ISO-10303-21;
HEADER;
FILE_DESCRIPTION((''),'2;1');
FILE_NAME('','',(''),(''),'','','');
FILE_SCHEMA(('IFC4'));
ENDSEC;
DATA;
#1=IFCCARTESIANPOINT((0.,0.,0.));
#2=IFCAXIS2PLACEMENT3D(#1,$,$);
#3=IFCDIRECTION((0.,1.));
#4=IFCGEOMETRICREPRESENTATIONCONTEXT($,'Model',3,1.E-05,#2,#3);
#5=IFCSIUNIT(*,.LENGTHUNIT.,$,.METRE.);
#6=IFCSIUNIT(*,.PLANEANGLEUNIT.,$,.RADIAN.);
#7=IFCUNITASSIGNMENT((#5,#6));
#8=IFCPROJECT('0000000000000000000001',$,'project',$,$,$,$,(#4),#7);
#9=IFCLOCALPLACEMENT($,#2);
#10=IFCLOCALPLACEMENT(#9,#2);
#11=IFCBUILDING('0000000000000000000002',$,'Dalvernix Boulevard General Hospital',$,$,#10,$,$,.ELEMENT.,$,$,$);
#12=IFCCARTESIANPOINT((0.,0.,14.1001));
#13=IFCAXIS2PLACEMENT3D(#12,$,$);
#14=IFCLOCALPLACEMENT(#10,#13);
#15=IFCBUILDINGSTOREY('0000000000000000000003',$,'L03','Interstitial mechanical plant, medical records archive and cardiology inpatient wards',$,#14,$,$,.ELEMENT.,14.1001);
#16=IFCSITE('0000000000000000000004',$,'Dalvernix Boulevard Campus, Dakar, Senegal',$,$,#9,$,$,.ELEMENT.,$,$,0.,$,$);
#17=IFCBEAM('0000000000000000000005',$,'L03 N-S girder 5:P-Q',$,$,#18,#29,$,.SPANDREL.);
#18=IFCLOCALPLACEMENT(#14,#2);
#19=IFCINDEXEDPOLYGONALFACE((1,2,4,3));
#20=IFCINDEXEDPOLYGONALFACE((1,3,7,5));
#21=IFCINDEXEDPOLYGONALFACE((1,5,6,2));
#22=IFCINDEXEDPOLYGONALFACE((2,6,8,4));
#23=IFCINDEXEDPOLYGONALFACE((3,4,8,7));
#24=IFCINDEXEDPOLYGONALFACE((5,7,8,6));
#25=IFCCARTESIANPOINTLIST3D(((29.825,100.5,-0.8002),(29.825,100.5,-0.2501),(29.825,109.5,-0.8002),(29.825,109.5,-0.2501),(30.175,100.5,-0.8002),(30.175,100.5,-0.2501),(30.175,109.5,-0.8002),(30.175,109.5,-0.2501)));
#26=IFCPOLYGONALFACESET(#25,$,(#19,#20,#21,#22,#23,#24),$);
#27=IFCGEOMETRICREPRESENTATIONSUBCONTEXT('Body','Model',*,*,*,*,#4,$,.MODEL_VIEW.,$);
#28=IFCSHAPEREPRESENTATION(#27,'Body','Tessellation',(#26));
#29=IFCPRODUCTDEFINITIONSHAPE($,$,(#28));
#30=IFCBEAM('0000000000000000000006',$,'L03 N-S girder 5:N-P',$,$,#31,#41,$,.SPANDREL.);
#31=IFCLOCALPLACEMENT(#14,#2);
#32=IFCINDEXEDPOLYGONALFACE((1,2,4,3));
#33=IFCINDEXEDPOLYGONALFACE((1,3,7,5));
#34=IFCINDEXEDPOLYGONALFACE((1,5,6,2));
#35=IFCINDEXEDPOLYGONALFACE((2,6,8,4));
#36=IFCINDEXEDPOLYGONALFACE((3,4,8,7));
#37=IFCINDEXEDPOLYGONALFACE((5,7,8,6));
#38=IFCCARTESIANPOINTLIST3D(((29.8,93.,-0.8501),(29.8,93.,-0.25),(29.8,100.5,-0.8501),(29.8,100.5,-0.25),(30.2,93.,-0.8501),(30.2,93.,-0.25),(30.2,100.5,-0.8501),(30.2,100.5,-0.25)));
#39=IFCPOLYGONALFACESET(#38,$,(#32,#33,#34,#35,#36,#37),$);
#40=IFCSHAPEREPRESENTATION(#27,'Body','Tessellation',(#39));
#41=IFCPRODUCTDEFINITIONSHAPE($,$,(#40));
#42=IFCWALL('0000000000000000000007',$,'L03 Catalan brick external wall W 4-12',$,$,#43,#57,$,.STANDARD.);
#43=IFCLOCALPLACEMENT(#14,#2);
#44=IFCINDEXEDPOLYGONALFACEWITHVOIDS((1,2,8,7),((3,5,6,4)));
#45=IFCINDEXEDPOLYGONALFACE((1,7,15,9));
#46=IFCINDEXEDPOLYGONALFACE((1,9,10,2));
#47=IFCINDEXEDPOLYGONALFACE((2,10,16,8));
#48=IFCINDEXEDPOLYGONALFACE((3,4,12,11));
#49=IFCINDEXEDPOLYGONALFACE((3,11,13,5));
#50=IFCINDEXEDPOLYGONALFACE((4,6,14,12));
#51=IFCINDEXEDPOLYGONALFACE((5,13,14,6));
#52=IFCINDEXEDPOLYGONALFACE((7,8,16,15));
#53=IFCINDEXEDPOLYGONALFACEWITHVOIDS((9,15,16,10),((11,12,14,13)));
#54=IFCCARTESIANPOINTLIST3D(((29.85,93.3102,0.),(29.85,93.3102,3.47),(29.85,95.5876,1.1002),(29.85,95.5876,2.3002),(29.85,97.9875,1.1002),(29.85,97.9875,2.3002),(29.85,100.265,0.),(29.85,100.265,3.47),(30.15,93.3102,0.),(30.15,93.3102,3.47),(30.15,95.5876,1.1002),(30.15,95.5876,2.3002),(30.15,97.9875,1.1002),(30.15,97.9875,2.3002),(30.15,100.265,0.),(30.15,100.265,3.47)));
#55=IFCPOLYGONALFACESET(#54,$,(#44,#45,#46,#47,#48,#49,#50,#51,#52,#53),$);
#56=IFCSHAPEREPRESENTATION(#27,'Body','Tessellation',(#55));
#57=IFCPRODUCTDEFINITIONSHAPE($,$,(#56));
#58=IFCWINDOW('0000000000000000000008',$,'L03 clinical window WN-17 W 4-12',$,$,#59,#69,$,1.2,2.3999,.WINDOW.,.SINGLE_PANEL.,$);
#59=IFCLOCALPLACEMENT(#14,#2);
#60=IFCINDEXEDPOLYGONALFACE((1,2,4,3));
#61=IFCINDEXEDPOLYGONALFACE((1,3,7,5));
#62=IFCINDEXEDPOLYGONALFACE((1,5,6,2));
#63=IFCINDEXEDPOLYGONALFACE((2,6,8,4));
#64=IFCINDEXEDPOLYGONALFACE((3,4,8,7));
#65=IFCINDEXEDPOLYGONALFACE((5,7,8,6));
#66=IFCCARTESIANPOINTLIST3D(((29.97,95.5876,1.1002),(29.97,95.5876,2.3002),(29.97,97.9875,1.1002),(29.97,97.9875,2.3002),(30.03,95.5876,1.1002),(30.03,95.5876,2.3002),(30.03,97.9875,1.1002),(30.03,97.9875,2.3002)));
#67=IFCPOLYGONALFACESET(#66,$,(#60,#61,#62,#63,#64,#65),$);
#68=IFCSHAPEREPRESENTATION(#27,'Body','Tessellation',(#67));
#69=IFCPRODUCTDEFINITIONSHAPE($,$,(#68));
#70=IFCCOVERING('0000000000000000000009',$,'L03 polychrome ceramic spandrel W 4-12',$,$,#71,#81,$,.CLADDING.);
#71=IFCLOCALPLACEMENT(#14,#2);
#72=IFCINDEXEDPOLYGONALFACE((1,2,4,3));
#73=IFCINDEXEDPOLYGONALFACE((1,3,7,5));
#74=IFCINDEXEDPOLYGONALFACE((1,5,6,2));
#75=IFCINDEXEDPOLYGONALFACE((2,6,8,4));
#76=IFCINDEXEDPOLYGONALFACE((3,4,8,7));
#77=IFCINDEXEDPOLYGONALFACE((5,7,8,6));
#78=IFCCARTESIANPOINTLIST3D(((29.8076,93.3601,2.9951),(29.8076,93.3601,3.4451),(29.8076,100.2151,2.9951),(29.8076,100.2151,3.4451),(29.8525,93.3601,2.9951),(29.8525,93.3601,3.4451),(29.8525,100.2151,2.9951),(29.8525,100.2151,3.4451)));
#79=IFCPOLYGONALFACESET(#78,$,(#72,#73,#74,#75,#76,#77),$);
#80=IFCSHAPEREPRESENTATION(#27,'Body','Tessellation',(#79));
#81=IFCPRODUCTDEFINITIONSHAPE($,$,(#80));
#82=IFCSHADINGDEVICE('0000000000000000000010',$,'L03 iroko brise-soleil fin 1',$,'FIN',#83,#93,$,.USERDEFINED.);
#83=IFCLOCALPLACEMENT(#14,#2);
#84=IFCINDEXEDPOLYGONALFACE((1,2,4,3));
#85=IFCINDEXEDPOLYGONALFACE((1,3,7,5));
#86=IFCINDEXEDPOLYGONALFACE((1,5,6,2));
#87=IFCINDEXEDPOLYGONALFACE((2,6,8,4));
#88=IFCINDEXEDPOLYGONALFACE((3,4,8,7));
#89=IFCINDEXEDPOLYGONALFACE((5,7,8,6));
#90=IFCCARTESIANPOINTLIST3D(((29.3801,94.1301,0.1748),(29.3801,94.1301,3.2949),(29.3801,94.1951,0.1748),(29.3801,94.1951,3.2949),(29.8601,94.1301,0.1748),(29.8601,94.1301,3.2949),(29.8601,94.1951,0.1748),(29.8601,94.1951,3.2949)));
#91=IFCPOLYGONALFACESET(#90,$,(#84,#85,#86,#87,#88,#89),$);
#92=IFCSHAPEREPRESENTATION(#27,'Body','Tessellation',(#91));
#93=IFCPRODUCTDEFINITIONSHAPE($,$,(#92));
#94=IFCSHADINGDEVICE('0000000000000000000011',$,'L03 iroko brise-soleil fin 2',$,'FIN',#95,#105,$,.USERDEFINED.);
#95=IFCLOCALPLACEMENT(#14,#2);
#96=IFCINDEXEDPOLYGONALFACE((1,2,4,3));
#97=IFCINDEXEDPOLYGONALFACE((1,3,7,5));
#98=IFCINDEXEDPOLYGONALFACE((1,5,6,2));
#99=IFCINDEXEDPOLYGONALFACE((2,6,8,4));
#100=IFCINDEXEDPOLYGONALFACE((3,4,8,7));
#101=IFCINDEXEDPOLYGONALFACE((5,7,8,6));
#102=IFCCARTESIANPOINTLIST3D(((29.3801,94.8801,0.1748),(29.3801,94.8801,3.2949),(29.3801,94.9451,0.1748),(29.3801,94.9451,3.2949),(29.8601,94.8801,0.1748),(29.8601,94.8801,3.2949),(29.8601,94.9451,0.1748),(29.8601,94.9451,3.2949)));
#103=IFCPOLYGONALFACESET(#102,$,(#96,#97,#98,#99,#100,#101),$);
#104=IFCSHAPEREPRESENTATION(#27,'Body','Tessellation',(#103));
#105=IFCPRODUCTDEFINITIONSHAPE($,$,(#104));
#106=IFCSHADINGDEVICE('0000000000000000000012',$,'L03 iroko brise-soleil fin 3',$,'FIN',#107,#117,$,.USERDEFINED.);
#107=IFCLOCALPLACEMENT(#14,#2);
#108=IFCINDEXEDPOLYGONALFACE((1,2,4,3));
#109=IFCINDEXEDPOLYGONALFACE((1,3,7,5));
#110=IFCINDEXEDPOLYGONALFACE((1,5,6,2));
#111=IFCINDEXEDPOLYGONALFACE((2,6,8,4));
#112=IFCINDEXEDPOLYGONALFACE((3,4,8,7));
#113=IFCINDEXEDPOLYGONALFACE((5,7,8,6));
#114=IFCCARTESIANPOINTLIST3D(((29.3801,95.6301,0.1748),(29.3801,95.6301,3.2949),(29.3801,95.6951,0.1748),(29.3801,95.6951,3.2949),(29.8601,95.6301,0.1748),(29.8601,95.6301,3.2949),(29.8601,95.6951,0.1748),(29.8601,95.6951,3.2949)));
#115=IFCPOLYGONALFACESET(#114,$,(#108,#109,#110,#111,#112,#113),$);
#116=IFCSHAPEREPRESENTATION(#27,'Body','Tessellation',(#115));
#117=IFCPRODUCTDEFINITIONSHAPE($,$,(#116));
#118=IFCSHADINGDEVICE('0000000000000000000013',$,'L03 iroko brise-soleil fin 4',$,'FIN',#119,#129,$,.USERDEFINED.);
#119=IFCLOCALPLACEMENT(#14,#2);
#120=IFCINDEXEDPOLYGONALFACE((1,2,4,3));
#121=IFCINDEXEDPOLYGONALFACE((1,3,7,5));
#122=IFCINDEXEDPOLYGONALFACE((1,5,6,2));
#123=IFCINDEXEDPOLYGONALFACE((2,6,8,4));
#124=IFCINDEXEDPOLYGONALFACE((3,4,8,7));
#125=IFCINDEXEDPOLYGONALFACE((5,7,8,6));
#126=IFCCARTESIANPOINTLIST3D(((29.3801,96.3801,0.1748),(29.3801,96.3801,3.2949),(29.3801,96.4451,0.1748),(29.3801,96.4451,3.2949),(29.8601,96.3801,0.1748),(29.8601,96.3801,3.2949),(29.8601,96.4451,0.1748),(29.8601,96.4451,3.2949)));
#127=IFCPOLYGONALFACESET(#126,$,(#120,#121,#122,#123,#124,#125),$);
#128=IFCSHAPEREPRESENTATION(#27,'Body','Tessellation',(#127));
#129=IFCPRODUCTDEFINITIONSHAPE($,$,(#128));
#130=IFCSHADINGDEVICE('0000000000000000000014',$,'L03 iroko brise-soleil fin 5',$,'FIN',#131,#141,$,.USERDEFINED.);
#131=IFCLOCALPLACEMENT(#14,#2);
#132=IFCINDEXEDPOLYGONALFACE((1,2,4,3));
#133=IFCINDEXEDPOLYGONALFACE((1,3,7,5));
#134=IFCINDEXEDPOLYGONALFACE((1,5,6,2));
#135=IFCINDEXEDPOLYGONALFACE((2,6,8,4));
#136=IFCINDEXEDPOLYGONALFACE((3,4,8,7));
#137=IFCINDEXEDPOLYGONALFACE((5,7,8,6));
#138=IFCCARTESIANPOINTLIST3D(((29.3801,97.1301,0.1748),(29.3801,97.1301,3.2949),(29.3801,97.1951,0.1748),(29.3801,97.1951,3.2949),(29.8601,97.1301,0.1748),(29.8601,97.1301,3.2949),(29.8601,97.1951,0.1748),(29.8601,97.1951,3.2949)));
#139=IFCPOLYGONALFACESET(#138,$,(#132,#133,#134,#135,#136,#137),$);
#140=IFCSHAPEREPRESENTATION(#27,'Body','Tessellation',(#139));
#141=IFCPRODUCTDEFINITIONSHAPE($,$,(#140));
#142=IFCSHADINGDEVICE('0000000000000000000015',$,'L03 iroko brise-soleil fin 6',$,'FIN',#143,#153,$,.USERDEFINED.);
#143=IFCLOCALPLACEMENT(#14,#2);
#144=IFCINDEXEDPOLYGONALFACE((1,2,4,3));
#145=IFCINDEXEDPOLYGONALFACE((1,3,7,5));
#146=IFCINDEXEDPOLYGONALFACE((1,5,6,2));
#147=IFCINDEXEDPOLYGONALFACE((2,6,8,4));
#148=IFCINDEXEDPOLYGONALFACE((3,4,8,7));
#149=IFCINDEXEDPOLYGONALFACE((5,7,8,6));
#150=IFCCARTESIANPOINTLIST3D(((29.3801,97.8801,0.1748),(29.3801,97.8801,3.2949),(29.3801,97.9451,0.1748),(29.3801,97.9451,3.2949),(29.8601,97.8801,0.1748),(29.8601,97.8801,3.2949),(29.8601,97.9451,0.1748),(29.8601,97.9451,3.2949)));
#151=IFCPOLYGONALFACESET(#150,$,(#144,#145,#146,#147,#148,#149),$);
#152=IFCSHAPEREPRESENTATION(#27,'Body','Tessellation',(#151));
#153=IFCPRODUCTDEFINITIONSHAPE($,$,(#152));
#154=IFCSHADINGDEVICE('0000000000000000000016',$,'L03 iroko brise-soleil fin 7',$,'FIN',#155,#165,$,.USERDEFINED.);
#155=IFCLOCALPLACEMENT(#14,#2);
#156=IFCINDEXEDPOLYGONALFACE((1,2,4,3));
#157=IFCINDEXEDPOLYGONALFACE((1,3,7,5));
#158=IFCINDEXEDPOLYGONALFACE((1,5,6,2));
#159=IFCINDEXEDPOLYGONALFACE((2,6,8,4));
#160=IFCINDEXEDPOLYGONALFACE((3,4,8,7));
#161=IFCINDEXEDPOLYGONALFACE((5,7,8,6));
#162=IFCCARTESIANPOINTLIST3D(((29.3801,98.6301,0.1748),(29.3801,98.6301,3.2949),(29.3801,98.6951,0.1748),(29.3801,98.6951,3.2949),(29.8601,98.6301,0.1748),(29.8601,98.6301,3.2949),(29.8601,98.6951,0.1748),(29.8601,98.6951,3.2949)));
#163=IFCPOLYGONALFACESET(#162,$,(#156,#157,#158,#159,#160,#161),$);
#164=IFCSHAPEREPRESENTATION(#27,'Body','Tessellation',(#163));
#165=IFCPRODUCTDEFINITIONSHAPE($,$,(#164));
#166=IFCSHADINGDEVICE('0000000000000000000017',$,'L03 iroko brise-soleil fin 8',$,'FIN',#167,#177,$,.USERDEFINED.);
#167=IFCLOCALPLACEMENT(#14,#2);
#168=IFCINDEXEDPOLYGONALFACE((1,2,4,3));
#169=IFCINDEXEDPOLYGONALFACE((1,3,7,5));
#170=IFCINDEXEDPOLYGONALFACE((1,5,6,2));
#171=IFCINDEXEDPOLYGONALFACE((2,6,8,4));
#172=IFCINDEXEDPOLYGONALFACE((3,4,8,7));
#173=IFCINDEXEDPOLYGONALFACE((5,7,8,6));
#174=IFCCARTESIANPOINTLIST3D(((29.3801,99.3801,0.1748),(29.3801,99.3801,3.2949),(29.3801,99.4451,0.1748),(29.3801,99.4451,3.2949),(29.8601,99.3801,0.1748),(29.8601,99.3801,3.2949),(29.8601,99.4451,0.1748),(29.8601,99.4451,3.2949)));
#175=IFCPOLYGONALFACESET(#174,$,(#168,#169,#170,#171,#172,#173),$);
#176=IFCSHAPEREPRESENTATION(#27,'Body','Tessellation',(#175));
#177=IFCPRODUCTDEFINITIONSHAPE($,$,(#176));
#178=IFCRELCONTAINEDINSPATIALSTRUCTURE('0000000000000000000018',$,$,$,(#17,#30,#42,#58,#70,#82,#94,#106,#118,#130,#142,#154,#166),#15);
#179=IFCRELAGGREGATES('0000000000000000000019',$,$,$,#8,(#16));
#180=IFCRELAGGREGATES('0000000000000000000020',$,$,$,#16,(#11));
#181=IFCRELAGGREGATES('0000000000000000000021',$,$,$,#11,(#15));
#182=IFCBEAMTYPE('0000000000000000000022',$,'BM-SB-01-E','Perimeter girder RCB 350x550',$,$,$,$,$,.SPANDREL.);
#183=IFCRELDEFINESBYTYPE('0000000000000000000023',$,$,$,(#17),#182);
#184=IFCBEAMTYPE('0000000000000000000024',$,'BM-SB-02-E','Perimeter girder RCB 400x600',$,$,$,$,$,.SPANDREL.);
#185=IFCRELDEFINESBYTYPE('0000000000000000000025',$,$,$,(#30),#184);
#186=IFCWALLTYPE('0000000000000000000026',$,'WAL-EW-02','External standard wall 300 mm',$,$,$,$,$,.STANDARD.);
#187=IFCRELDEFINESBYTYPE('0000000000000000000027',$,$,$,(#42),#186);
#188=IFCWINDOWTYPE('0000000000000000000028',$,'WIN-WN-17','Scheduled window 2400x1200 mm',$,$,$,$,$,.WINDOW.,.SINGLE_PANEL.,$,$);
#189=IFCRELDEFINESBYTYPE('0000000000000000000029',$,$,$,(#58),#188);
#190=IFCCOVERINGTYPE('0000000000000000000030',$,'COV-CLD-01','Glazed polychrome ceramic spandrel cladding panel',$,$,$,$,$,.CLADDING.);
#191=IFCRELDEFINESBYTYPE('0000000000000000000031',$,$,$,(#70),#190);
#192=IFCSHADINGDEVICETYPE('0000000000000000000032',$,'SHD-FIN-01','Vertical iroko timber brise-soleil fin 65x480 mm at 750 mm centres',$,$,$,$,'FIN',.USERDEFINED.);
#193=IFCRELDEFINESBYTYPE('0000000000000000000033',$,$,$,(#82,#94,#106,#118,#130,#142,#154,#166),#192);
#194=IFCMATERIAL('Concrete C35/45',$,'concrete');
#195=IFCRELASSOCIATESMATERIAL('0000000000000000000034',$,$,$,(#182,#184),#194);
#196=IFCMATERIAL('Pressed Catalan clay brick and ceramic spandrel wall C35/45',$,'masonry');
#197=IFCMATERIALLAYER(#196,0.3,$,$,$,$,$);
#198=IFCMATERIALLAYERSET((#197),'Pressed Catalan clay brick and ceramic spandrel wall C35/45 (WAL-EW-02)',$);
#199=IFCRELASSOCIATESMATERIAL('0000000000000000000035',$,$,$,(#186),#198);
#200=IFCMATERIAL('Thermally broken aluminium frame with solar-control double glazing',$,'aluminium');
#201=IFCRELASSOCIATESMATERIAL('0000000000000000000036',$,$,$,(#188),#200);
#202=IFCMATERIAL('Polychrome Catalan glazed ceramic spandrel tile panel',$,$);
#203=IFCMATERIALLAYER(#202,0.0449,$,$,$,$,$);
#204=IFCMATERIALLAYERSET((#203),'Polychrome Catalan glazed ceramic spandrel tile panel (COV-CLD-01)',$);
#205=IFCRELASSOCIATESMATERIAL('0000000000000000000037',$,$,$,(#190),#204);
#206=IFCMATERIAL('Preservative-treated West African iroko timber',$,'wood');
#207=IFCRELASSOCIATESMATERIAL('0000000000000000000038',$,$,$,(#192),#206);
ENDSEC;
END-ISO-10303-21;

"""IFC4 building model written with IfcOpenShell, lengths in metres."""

from ifc_helpers import new_model, si_unit, direction, frame, frame_2d, origin, origin_2d, place, context, subcontext, project, spatial, rectangle, extrude, material, layer, layer_set, material_profile, profile_set, type_object, element, fill, save


model = new_model("IFC4")

# Units and contexts
model_context = context("Model", 3, precision=1e-05, world=origin(), true_north=direction((0.0, 1.0)))
body_context = subcontext(model_context, "Body", "Model", "MODEL_VIEW")
ifc_project = project(units=[si_unit("LENGTHUNIT", "METRE"), si_unit("PLANEANGLEUNIT", "RADIAN")], contexts=[model_context])

# Site, building, storey
site_placement = place(None, origin())
site = spatial("IfcSite", under=ifc_project, at=site_placement, Name="Dalvernix Boulevard Campus, Dakar, Senegal", CompositionType="ELEMENT", RefElevation=0.0)
building_placement = place(site_placement, origin())
building = spatial("IfcBuilding", under=site, at=building_placement, Name="Dalvernix Boulevard General Hospital", CompositionType="ELEMENT")
storey_placement = place(building_placement, frame((0.0, 0.0, 14.1001)))
storey = spatial("IfcBuildingStorey", under=building, at=storey_placement, Name="L03", Description="Interstitial mechanical plant, medical records archive and cardiology inpatient wards", CompositionType="ELEMENT", Elevation=14.1001)

# Beams
ifc_material_1 = material(Name="Concrete C35/45", Category="concrete")
ifc_material_profile_1 = material_profile(ifc_material_1, rectangle(XDim=0.3501, YDim=0.55, at=origin_2d()), Name="RCB 350x550")
ifc_profile_set_1 = profile_set([ifc_material_profile_1], Name="Concrete C35/45")
beam_type_1 = type_object("IfcBeamType", Name="BM-SB-01-E", Description="Perimeter girder RCB 350x550", PredefinedType="SPANDREL", material=ifc_profile_set_1)
beam_1_placement = place(storey_placement, frame((30.0, 100.5, -0.5251), z_axis=(0.0, 1.0, 0.0), x_axis=(-1.0, 0.0, 0.0)))
element("IfcBeam", 1, at=beam_1_placement, inside=storey, type_object=beam_type_1, Name="L03 N-S girder 5:P-Q", PredefinedType="SPANDREL", context=body_context, shape_type="SweptSolid", body=[
    extrude(rectangle(XDim=0.3501, YDim=0.55, at=origin_2d()), origin(), (0.0, 0.0, 1.0), 9.0),
])
ifc_material_profile_2 = material_profile(ifc_material_1, rectangle(XDim=0.3999, YDim=0.6001, at=origin_2d()), Name="RCB 400x600")
ifc_profile_set_2 = profile_set([ifc_material_profile_2], Name="Concrete C35/45")
beam_type_2 = type_object("IfcBeamType", Name="BM-SB-02-E", Description="Perimeter girder RCB 400x600", PredefinedType="SPANDREL", material=ifc_profile_set_2)
beam_2_placement = place(storey_placement, frame((30.0, 93.0, -0.55), z_axis=(0.0, 1.0, 0.0), x_axis=(-1.0, 0.0, 0.0)))
element("IfcBeam", 2, at=beam_2_placement, inside=storey, type_object=beam_type_2, Name="L03 N-S girder 5:N-P", PredefinedType="SPANDREL", context=body_context, shape_type="SweptSolid", body=[
    extrude(rectangle(XDim=0.3999, YDim=0.6001, at=origin_2d()), origin(), (0.0, 0.0, 1.0), 7.5),
])

# Wall, opening, window
ifc_material_2 = material(Name="Pressed Catalan clay brick and ceramic spandrel wall C35/45", Category="masonry")
ifc_layer_1 = layer(ifc_material_2, 0.3)
ifc_layer_set_1 = layer_set([ifc_layer_1], Name="Pressed Catalan clay brick and ceramic spandrel wall C35/45 (WAL-EW-02)")
wall_type = type_object("IfcWallType", Name="WAL-EW-02", Description="External standard wall 300 mm", PredefinedType="STANDARD", material=ifc_layer_set_1)
wall_placement = place(storey_placement, frame((30.0, 93.3101, 0.0), z_axis=(0.0, 0.0, 1.0), x_axis=(0.0, 1.0, 0.0)))
wall = element("IfcWall", 3, at=wall_placement, inside=storey, type_object=wall_type, Name="L03 Catalan brick external wall W 4-12", PredefinedType="STANDARD", context=body_context, shape_type="SweptSolid", body=[
    extrude(rectangle(XDim=6.9548, YDim=0.3, at=frame_2d((3.4775, 0.0))), origin(), (0.0, 0.0, 1.0), 3.47),
])
opening_placement = place(wall_placement, frame((2.2776, 0.0, 1.1001)))
opening = element("IfcOpeningElement", 4, at=opening_placement, cuts=wall, PredefinedType="OPENING", context=body_context, shape_type="SweptSolid", body=[
    extrude(rectangle(XDim=2.3999, YDim=1.2, at=frame_2d((1.2, 0.6001))), frame((0.0, 0.1599, 0.0), z_axis=(0.0, -1.0, 0.0), x_axis=(1.0, 0.0, 0.0)), (0.0, 0.0, 1.0), 0.3201),
])
ifc_material_3 = material(Name="Thermally broken aluminium frame with solar-control double glazing", Category="aluminium")
window_type = type_object("IfcWindowType", Name="WIN-WN-17", Description="Scheduled window 2400x1200 mm", PartitioningType="SINGLE_PANEL", PredefinedType="WINDOW", material=ifc_material_3)
window_placement = place(opening_placement, origin())
window = element("IfcWindow", 5, at=window_placement, inside=storey, type_object=window_type, Name="L03 clinical window WN-17 W 4-12", OverallHeight=1.2, OverallWidth=2.3999, PartitioningType="SINGLE_PANEL", PredefinedType="WINDOW", context=body_context, shape_type="SweptSolid", body=[
    extrude(rectangle(XDim=2.3999, YDim=1.2, at=frame_2d((1.2, 0.6001))), frame((0.0, 0.03, 0.0), z_axis=(0.0, -1.0, 0.0), x_axis=(1.0, 0.0, 0.0)), (0.0, 0.0, 1.0), 0.0601),
])
fill(opening, window)

# Covering
ifc_material_4 = material(Name="Polychrome Catalan glazed ceramic spandrel tile panel")
ifc_layer_2 = layer(ifc_material_4, 0.0449)
ifc_layer_set_2 = layer_set([ifc_layer_2], Name="Polychrome Catalan glazed ceramic spandrel tile panel (COV-CLD-01)")
covering_type = type_object("IfcCoveringType", Name="COV-CLD-01", Description="Glazed polychrome ceramic spandrel cladding panel", PredefinedType="CLADDING", material=ifc_layer_set_2)
covering_placement = place(storey_placement, frame((29.8301, 96.7876, 2.9951), z_axis=(0.0, 0.0, 1.0), x_axis=(0.0, 1.0, 0.0)))
element("IfcCovering", 6, at=covering_placement, inside=storey, type_object=covering_type, Name="L03 polychrome ceramic spandrel W 4-12", PredefinedType="CLADDING", context=body_context, shape_type="SweptSolid", body=[
    extrude(rectangle(XDim=6.855, YDim=0.0449, at=origin_2d()), origin(), (0.0, 0.0, 1.0), 0.45),
])

# Shading devices
ifc_material_5 = material(Name="Preservative-treated West African iroko timber", Category="wood")
shading_device_type = type_object("IfcShadingDeviceType", Name="SHD-FIN-01", Description="Vertical iroko timber brise-soleil fin 65x480 mm at 750 mm centres", ElementType="FIN", PredefinedType="USERDEFINED", material=ifc_material_5)
for number, where, z_axis, x_axis, name in (
    (7, (29.6201, 94.1626, 0.1748), (0.0, 0.0, 1.0), (0.0, 1.0, 0.0), "L03 iroko brise-soleil fin 1"),
    (8, (29.6201, 94.9126, 0.1748), (0.0, 0.0, 1.0), (0.0, 1.0, 0.0), "L03 iroko brise-soleil fin 2"),
    (9, (29.6201, 95.6626, 0.1748), (0.0, 0.0, 1.0), (0.0, 1.0, 0.0), "L03 iroko brise-soleil fin 3"),
    (10, (29.6201, 96.4126, 0.1748), (0.0, 0.0, 1.0), (0.0, 1.0, 0.0), "L03 iroko brise-soleil fin 4"),
    (11, (29.6201, 97.1626, 0.1748), (0.0, 0.0, 1.0), (0.0, 1.0, 0.0), "L03 iroko brise-soleil fin 5"),
    (12, (29.6201, 97.9126, 0.1748), (0.0, 0.0, 1.0), (0.0, 1.0, 0.0), "L03 iroko brise-soleil fin 6"),
    (13, (29.6201, 98.6626, 0.1748), (0.0, 0.0, 1.0), (0.0, 1.0, 0.0), "L03 iroko brise-soleil fin 7"),
    (14, (29.6201, 99.4126, 0.1748), (0.0, 0.0, 1.0), (0.0, 1.0, 0.0), "L03 iroko brise-soleil fin 8"),
):
    element("IfcShadingDevice", number, at=place(storey_placement, frame(where, z_axis=z_axis, x_axis=x_axis)), inside=storey, type_object=shading_device_type, Name=name, ObjectType="FIN", PredefinedType="USERDEFINED", context=body_context, shape_type="SweptSolid", body=[
        extrude(rectangle(XDim=0.0649, YDim=0.48, at=origin_2d()), origin(), (0.0, 0.0, 1.0), 3.1201),
    ])

save(model, "model.ifc")
